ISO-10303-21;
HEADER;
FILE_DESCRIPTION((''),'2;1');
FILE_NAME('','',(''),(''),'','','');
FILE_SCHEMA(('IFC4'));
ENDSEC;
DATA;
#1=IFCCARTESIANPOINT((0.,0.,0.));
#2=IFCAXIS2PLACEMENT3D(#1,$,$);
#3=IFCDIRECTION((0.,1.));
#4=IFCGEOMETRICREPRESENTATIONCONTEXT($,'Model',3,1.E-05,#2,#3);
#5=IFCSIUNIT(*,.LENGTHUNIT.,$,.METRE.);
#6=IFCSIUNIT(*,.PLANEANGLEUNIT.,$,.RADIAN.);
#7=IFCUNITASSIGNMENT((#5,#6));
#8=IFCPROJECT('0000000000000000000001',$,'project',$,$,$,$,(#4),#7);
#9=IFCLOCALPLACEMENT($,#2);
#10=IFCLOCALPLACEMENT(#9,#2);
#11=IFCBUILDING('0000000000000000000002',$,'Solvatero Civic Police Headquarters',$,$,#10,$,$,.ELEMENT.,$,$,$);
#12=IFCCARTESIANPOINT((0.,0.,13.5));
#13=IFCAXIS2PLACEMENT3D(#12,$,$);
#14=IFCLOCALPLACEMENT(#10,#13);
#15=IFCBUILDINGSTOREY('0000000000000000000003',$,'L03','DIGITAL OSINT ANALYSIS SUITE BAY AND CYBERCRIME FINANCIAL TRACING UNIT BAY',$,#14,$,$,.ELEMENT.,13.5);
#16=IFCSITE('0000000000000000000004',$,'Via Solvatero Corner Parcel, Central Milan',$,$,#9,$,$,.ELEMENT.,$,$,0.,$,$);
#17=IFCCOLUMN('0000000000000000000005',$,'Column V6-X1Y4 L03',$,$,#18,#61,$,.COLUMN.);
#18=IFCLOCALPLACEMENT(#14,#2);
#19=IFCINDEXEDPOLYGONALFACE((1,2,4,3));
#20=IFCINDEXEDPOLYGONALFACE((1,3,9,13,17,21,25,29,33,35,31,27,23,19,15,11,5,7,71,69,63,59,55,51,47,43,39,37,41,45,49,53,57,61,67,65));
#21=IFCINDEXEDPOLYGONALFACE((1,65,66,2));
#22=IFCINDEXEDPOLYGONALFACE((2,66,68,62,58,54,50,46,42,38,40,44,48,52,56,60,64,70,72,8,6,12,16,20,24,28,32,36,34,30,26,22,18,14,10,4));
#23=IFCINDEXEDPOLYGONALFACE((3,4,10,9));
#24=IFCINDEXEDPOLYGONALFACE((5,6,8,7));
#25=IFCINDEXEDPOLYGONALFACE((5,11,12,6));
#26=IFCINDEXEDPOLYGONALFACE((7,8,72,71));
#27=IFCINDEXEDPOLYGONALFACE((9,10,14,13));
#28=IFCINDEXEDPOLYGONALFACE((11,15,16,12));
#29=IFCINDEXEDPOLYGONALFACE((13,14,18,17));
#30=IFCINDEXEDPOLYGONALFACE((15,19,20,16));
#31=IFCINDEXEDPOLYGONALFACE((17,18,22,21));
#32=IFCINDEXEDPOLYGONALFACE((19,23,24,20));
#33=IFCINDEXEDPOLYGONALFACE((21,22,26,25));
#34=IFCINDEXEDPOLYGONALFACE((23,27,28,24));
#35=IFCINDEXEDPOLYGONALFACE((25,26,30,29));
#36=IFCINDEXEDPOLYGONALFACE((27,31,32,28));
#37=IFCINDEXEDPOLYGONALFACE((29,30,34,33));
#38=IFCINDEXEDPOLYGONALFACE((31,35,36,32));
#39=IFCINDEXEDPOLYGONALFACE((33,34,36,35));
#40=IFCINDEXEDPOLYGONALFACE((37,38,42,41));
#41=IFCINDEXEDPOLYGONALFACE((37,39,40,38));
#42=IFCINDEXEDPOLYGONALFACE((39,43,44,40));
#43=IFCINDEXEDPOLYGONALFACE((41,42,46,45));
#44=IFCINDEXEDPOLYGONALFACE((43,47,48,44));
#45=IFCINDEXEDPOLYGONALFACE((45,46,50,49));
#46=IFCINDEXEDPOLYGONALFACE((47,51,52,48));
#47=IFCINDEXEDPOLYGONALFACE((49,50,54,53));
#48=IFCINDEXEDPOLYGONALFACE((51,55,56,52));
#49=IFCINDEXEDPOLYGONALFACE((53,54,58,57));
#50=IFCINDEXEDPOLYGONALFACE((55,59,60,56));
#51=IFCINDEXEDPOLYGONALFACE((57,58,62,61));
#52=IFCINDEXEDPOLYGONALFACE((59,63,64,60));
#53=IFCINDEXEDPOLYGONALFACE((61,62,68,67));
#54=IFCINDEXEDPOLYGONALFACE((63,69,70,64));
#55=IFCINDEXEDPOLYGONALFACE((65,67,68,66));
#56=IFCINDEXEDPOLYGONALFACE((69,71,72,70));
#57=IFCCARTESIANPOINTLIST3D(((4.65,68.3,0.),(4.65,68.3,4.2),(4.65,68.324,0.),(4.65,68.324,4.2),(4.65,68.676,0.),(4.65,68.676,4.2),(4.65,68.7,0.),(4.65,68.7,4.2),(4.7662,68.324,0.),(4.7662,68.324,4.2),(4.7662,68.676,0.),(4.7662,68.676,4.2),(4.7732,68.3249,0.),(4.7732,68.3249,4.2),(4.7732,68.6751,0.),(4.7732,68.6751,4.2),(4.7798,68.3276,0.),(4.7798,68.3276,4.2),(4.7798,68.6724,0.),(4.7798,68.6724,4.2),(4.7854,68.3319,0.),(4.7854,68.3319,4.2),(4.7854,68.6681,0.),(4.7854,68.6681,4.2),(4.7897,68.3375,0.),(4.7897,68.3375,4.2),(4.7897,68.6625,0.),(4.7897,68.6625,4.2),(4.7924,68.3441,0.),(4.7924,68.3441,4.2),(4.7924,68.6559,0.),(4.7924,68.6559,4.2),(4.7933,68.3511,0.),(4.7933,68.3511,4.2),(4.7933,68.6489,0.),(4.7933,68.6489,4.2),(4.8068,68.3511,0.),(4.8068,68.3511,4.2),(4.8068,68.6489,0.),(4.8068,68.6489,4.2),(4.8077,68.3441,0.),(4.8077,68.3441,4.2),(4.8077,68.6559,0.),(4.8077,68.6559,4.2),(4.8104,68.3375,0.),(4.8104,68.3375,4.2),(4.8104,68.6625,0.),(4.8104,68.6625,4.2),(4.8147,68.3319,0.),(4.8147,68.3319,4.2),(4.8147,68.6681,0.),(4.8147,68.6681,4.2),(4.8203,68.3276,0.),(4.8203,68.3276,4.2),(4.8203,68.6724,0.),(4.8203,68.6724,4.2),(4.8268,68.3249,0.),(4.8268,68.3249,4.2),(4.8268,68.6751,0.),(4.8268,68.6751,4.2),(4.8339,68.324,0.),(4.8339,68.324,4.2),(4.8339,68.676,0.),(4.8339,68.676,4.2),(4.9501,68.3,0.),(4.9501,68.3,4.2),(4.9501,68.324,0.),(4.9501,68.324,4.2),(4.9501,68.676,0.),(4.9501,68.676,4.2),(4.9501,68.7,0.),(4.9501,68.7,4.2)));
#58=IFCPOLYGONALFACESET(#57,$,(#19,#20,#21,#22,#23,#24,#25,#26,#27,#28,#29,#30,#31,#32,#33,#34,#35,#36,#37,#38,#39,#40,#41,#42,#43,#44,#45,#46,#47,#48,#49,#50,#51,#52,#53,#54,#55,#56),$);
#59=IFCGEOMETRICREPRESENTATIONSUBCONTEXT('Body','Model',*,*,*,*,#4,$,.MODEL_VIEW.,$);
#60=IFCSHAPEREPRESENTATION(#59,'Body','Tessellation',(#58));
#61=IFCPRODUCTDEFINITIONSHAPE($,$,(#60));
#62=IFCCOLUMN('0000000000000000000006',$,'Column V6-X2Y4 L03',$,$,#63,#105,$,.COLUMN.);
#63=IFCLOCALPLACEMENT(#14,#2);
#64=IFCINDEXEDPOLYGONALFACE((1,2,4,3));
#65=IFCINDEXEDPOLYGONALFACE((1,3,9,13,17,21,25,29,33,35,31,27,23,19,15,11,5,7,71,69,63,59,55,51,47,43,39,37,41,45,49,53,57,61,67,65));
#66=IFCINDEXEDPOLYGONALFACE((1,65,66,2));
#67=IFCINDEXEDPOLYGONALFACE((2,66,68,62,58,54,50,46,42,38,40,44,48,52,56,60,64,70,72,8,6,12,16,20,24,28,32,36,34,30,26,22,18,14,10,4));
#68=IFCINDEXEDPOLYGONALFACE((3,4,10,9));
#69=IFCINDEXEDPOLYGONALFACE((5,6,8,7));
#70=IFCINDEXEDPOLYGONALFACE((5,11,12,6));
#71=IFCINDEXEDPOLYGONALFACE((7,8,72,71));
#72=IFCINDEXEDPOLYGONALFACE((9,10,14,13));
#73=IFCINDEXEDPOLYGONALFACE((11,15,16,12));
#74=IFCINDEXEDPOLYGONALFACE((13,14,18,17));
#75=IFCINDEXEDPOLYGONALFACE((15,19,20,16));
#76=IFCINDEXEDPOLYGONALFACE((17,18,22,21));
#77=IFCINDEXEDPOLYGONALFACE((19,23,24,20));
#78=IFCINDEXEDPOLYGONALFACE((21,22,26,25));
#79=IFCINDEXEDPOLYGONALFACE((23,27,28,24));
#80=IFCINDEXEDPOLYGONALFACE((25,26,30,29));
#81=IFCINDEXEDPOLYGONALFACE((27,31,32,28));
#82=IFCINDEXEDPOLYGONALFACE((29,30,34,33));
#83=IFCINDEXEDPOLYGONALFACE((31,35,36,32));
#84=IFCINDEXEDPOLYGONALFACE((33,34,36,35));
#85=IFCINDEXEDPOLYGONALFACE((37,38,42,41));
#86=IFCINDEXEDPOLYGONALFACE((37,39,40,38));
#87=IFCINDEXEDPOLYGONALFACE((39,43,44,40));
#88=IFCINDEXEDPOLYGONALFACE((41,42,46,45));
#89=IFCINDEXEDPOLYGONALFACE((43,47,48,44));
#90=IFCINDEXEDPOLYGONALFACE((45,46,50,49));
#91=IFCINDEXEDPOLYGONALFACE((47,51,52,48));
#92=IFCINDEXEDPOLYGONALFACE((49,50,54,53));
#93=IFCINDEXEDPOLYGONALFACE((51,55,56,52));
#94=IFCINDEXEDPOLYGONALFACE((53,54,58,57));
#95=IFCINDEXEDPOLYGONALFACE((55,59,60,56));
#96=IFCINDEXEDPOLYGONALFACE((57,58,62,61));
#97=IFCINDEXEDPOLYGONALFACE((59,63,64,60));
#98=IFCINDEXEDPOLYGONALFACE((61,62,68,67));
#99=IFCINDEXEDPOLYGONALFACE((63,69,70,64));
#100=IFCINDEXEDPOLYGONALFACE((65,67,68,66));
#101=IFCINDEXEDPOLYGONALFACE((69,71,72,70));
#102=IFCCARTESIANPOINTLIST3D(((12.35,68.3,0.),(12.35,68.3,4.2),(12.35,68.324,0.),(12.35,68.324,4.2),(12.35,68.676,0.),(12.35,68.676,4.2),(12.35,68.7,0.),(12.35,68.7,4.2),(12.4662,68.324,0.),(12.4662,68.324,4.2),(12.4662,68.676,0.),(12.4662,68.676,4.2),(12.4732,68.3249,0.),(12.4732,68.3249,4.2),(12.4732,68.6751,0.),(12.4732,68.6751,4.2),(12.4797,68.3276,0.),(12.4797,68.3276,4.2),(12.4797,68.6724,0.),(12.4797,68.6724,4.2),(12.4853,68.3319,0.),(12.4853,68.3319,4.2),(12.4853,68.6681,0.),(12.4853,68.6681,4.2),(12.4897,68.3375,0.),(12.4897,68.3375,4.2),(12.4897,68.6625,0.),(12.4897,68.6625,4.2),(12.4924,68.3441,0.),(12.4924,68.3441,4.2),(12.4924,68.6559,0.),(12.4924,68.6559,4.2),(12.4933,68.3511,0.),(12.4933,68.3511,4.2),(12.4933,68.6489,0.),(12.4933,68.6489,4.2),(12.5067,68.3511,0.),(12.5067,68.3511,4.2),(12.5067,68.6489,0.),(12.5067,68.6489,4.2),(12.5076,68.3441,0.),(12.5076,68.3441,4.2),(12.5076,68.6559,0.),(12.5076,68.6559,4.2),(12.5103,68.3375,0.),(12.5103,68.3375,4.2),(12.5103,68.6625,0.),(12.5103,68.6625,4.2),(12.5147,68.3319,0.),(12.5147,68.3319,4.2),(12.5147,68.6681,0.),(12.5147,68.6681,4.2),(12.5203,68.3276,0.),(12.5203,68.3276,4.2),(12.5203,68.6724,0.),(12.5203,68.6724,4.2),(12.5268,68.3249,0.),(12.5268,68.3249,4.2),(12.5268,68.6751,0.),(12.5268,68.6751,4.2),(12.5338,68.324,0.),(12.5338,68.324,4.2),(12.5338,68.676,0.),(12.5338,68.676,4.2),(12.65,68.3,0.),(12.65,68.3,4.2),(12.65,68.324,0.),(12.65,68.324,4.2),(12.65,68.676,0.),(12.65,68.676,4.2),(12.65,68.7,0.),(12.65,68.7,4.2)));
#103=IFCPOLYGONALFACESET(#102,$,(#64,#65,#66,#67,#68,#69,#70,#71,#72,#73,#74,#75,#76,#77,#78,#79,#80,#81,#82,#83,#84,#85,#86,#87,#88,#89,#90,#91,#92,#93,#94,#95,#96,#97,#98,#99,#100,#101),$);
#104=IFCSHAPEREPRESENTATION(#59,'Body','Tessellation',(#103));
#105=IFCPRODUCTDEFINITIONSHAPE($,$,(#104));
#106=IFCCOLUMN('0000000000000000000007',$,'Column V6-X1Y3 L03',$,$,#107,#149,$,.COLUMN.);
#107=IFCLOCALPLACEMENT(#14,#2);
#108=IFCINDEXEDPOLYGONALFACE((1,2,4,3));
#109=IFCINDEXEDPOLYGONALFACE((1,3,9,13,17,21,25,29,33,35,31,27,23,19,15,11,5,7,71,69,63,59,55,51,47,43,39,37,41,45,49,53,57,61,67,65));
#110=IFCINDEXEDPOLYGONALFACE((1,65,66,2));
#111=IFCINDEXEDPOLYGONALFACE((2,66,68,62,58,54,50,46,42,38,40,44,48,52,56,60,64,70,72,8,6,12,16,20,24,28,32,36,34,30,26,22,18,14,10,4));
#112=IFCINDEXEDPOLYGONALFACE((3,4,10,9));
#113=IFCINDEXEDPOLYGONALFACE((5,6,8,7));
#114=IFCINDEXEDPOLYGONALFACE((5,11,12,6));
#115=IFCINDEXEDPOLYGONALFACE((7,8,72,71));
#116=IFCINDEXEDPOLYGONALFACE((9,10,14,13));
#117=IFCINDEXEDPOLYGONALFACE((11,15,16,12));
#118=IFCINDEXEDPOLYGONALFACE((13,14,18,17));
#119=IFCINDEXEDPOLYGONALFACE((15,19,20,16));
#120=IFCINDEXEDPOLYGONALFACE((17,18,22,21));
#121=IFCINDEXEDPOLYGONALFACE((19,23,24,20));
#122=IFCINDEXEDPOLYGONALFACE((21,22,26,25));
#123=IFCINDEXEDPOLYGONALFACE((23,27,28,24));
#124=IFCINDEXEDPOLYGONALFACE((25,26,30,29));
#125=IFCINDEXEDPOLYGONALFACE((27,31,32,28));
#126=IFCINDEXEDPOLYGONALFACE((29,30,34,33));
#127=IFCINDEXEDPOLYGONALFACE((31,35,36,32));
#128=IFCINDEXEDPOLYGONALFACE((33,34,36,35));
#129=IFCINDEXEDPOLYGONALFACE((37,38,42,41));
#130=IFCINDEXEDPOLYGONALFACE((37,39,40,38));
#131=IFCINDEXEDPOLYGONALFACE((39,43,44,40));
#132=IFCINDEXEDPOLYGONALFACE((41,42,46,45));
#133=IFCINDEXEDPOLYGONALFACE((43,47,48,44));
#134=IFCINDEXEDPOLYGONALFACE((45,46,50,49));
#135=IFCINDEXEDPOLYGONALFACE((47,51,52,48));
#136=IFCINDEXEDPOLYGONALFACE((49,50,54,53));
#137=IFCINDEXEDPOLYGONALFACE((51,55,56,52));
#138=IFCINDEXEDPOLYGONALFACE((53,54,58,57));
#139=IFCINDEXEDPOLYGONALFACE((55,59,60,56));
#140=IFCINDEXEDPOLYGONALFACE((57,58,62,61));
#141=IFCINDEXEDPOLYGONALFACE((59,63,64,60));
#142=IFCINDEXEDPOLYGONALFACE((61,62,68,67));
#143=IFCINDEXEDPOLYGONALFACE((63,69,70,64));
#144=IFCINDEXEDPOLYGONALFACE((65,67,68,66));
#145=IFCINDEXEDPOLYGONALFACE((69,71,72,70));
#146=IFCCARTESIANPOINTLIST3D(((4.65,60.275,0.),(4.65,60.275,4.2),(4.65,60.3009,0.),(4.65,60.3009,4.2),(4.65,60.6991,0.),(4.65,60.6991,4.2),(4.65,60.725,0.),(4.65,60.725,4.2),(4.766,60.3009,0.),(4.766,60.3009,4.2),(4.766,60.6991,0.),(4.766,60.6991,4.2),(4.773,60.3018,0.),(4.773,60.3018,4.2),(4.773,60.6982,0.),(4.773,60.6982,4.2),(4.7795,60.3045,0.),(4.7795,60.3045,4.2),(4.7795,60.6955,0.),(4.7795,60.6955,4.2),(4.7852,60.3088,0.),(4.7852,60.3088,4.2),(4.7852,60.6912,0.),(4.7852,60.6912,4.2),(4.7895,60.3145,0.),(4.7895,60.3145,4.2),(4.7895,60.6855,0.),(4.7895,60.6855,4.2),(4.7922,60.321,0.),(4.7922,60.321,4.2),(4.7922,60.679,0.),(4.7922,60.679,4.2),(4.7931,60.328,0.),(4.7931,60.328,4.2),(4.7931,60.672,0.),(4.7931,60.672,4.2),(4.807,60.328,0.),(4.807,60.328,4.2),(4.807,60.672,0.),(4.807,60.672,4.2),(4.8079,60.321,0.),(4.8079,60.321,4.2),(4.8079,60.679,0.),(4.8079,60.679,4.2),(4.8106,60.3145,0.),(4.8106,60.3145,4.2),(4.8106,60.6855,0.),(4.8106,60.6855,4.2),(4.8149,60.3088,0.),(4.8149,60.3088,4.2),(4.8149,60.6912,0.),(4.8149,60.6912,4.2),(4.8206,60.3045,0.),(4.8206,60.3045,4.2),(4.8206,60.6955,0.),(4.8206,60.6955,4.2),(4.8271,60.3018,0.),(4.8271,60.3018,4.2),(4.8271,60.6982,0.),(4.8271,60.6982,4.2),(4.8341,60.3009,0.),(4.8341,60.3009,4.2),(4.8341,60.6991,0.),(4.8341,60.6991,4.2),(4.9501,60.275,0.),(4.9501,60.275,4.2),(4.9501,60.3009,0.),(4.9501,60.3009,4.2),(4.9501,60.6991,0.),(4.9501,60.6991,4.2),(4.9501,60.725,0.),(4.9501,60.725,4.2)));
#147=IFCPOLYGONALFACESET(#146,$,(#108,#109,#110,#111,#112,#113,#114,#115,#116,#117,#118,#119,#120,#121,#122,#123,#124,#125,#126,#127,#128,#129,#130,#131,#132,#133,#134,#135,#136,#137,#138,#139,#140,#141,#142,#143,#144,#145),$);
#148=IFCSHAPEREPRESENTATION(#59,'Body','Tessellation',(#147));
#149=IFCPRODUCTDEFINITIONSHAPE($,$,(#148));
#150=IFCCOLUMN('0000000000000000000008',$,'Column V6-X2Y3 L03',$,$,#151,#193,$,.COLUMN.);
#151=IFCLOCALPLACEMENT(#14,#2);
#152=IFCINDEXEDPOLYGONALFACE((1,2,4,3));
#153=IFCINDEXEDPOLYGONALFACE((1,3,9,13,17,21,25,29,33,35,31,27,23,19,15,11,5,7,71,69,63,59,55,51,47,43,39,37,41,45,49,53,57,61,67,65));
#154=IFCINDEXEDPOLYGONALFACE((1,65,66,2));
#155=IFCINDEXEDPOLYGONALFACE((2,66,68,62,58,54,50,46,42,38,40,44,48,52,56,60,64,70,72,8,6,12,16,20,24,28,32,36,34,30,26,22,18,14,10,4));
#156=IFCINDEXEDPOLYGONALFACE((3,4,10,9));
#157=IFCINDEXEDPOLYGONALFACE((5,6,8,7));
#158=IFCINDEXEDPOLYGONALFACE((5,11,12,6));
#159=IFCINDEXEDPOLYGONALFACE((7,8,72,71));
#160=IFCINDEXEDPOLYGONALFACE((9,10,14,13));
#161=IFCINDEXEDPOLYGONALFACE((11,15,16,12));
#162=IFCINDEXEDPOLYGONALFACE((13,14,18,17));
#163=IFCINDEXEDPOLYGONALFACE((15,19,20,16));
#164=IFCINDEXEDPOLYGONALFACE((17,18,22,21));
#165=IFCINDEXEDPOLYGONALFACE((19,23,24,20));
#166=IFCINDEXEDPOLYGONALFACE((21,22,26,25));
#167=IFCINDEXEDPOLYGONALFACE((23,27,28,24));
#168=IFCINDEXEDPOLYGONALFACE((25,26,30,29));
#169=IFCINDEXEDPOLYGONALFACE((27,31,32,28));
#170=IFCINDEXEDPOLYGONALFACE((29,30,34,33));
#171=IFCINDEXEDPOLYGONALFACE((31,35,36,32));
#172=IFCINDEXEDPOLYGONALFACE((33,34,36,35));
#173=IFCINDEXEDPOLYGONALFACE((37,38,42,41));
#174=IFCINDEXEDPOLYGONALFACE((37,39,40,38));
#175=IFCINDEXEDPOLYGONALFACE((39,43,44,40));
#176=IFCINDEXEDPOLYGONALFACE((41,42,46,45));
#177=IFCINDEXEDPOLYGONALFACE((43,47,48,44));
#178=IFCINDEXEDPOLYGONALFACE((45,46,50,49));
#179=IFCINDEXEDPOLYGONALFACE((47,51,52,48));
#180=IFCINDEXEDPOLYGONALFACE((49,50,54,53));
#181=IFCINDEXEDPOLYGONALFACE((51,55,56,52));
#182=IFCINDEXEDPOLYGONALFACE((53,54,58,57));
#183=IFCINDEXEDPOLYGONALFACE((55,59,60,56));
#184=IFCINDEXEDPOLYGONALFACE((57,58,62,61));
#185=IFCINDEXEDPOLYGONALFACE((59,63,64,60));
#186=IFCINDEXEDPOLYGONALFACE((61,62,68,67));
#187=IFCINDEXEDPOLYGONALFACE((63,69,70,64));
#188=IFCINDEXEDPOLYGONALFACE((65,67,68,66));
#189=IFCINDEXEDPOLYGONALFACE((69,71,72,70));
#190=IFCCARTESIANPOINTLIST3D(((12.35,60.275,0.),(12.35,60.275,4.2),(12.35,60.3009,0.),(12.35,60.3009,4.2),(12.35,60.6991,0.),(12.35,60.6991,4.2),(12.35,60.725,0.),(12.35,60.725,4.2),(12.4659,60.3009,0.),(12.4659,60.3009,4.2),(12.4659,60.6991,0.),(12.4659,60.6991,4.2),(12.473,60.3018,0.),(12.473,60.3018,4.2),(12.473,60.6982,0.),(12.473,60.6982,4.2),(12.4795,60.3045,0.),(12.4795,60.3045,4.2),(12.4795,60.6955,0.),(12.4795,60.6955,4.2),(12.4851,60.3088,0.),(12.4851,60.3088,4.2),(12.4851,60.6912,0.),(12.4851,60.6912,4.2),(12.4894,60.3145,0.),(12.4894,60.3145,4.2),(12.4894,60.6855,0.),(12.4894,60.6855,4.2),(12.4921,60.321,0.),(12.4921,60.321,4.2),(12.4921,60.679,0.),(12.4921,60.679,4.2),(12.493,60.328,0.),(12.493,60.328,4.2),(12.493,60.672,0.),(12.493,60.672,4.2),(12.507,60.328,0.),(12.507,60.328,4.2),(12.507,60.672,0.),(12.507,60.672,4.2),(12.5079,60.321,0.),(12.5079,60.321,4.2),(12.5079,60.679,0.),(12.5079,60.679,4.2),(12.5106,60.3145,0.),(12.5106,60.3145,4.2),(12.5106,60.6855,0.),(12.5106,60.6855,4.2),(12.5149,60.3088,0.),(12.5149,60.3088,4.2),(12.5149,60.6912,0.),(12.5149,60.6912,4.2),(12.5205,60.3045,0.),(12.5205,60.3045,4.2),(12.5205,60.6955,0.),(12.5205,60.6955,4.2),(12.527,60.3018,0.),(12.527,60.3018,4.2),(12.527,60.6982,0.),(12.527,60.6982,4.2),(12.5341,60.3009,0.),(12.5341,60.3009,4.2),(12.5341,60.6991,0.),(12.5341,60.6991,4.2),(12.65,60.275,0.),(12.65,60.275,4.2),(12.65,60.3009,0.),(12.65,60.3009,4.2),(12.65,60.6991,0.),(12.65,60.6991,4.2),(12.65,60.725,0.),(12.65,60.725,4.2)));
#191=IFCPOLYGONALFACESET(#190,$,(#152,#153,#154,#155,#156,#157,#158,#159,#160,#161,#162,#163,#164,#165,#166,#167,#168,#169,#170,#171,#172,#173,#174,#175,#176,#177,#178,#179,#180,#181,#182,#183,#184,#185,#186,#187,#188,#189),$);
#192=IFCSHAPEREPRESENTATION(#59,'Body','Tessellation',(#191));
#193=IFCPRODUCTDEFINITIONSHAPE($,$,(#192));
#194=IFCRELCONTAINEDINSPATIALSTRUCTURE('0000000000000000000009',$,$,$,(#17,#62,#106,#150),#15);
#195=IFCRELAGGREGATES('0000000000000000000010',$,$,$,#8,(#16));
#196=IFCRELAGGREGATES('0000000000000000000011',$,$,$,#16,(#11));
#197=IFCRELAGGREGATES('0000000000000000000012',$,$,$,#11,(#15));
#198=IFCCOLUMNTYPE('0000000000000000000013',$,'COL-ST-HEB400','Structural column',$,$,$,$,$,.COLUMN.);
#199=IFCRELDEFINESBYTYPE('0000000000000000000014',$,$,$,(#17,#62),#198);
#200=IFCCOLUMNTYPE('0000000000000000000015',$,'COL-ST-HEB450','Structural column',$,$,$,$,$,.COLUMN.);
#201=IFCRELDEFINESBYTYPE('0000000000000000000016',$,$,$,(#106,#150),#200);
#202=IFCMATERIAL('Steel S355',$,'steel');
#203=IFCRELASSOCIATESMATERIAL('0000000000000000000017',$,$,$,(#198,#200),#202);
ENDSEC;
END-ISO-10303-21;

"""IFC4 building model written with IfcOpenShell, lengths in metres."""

from ifc_helpers import new_model, si_unit, direction, frame, origin, origin_2d, place, context, subcontext, project, spatial, i_section, extrude, material, material_profile, profile_set, type_object, element, save


model = new_model("IFC4")

# Units and contexts
model_context = context("Model", 3, precision=1e-05, world=origin(), true_north=direction((0.0, 1.0)))
body_context = subcontext(model_context, "Body", "Model", "MODEL_VIEW")
ifc_project = project(units=[si_unit("LENGTHUNIT", "METRE"), si_unit("PLANEANGLEUNIT", "RADIAN")], contexts=[model_context])

# Site, building, storey
site_placement = place(None, origin())
site = spatial("IfcSite", under=ifc_project, at=site_placement, Name="Via Solvatero Corner Parcel, Central Milan", CompositionType="ELEMENT", RefElevation=0.0)
building_placement = place(site_placement, origin())
building = spatial("IfcBuilding", under=site, at=building_placement, Name="Solvatero Civic Police Headquarters", CompositionType="ELEMENT")
storey_placement = place(building_placement, frame((0.0, 0.0, 13.5)))
storey = spatial("IfcBuildingStorey", under=building, at=storey_placement, Name="L03", Description="DIGITAL OSINT ANALYSIS SUITE BAY AND CYBERCRIME FINANCIAL TRACING UNIT BAY", CompositionType="ELEMENT", Elevation=13.5)

# Columns
ifc_material_1 = material(Name="Steel S355", Category="steel")
ifc_material_profile_1 = material_profile(ifc_material_1, i_section(OverallWidth=0.3, OverallDepth=0.3999, WebThickness=0.0134, FlangeThickness=0.0239, FilletRadius=0.0271, at=origin_2d()), Name="HEB 400")
ifc_profile_set_1 = profile_set([ifc_material_profile_1], Name="Steel S355")
column_type_1 = type_object("IfcColumnType", Name="COL-ST-HEB400", Description="Structural column", PredefinedType="COLUMN", material=ifc_profile_set_1)
for number, where, z_axis, x_axis, name in (
    (1, (4.8, 68.5, 0.0), (0.0, 0.0, 1.0), (1.0, 0.0, 0.0), "Column V6-X1Y4 L03"),
    (2, (12.5, 68.5, 0.0), (0.0, 0.0, 1.0), (1.0, 0.0, 0.0), "Column V6-X2Y4 L03"),
):
    element("IfcColumn", number, at=place(storey_placement, frame(where, z_axis=z_axis, x_axis=x_axis)), inside=storey, type_object=column_type_1, Name=name, PredefinedType="COLUMN", context=body_context, shape_type="SweptSolid", body=[
        extrude(i_section(OverallWidth=0.3, OverallDepth=0.3999, WebThickness=0.0134, FlangeThickness=0.0239, FilletRadius=0.0271, at=origin_2d()), origin(), (0.0, 0.0, 1.0), 4.2),
    ])
ifc_material_profile_2 = material_profile(ifc_material_1, i_section(OverallWidth=0.3, OverallDepth=0.45, WebThickness=0.0139, FlangeThickness=0.0259, FilletRadius=0.0271, at=origin_2d()), Name="HEB 450")
ifc_profile_set_2 = profile_set([ifc_material_profile_2], Name="Steel S355")
column_type_2 = type_object("IfcColumnType", Name="COL-ST-HEB450", Description="Structural column", PredefinedType="COLUMN", material=ifc_profile_set_2)
for number, where, z_axis, x_axis, name in (
    (3, (4.8, 60.5, 0.0), (0.0, 0.0, 1.0), (1.0, 0.0, 0.0), "Column V6-X1Y3 L03"),
    (4, (12.5, 60.5, 0.0), (0.0, 0.0, 1.0), (1.0, 0.0, 0.0), "Column V6-X2Y3 L03"),
):
    element("IfcColumn", number, at=place(storey_placement, frame(where, z_axis=z_axis, x_axis=x_axis)), inside=storey, type_object=column_type_2, Name=name, PredefinedType="COLUMN", context=body_context, shape_type="SweptSolid", body=[
        extrude(i_section(OverallWidth=0.3, OverallDepth=0.45, WebThickness=0.0139, FlangeThickness=0.0259, FilletRadius=0.0271, at=origin_2d()), origin(), (0.0, 0.0, 1.0), 4.2),
    ])

save(model, "model.ifc")
